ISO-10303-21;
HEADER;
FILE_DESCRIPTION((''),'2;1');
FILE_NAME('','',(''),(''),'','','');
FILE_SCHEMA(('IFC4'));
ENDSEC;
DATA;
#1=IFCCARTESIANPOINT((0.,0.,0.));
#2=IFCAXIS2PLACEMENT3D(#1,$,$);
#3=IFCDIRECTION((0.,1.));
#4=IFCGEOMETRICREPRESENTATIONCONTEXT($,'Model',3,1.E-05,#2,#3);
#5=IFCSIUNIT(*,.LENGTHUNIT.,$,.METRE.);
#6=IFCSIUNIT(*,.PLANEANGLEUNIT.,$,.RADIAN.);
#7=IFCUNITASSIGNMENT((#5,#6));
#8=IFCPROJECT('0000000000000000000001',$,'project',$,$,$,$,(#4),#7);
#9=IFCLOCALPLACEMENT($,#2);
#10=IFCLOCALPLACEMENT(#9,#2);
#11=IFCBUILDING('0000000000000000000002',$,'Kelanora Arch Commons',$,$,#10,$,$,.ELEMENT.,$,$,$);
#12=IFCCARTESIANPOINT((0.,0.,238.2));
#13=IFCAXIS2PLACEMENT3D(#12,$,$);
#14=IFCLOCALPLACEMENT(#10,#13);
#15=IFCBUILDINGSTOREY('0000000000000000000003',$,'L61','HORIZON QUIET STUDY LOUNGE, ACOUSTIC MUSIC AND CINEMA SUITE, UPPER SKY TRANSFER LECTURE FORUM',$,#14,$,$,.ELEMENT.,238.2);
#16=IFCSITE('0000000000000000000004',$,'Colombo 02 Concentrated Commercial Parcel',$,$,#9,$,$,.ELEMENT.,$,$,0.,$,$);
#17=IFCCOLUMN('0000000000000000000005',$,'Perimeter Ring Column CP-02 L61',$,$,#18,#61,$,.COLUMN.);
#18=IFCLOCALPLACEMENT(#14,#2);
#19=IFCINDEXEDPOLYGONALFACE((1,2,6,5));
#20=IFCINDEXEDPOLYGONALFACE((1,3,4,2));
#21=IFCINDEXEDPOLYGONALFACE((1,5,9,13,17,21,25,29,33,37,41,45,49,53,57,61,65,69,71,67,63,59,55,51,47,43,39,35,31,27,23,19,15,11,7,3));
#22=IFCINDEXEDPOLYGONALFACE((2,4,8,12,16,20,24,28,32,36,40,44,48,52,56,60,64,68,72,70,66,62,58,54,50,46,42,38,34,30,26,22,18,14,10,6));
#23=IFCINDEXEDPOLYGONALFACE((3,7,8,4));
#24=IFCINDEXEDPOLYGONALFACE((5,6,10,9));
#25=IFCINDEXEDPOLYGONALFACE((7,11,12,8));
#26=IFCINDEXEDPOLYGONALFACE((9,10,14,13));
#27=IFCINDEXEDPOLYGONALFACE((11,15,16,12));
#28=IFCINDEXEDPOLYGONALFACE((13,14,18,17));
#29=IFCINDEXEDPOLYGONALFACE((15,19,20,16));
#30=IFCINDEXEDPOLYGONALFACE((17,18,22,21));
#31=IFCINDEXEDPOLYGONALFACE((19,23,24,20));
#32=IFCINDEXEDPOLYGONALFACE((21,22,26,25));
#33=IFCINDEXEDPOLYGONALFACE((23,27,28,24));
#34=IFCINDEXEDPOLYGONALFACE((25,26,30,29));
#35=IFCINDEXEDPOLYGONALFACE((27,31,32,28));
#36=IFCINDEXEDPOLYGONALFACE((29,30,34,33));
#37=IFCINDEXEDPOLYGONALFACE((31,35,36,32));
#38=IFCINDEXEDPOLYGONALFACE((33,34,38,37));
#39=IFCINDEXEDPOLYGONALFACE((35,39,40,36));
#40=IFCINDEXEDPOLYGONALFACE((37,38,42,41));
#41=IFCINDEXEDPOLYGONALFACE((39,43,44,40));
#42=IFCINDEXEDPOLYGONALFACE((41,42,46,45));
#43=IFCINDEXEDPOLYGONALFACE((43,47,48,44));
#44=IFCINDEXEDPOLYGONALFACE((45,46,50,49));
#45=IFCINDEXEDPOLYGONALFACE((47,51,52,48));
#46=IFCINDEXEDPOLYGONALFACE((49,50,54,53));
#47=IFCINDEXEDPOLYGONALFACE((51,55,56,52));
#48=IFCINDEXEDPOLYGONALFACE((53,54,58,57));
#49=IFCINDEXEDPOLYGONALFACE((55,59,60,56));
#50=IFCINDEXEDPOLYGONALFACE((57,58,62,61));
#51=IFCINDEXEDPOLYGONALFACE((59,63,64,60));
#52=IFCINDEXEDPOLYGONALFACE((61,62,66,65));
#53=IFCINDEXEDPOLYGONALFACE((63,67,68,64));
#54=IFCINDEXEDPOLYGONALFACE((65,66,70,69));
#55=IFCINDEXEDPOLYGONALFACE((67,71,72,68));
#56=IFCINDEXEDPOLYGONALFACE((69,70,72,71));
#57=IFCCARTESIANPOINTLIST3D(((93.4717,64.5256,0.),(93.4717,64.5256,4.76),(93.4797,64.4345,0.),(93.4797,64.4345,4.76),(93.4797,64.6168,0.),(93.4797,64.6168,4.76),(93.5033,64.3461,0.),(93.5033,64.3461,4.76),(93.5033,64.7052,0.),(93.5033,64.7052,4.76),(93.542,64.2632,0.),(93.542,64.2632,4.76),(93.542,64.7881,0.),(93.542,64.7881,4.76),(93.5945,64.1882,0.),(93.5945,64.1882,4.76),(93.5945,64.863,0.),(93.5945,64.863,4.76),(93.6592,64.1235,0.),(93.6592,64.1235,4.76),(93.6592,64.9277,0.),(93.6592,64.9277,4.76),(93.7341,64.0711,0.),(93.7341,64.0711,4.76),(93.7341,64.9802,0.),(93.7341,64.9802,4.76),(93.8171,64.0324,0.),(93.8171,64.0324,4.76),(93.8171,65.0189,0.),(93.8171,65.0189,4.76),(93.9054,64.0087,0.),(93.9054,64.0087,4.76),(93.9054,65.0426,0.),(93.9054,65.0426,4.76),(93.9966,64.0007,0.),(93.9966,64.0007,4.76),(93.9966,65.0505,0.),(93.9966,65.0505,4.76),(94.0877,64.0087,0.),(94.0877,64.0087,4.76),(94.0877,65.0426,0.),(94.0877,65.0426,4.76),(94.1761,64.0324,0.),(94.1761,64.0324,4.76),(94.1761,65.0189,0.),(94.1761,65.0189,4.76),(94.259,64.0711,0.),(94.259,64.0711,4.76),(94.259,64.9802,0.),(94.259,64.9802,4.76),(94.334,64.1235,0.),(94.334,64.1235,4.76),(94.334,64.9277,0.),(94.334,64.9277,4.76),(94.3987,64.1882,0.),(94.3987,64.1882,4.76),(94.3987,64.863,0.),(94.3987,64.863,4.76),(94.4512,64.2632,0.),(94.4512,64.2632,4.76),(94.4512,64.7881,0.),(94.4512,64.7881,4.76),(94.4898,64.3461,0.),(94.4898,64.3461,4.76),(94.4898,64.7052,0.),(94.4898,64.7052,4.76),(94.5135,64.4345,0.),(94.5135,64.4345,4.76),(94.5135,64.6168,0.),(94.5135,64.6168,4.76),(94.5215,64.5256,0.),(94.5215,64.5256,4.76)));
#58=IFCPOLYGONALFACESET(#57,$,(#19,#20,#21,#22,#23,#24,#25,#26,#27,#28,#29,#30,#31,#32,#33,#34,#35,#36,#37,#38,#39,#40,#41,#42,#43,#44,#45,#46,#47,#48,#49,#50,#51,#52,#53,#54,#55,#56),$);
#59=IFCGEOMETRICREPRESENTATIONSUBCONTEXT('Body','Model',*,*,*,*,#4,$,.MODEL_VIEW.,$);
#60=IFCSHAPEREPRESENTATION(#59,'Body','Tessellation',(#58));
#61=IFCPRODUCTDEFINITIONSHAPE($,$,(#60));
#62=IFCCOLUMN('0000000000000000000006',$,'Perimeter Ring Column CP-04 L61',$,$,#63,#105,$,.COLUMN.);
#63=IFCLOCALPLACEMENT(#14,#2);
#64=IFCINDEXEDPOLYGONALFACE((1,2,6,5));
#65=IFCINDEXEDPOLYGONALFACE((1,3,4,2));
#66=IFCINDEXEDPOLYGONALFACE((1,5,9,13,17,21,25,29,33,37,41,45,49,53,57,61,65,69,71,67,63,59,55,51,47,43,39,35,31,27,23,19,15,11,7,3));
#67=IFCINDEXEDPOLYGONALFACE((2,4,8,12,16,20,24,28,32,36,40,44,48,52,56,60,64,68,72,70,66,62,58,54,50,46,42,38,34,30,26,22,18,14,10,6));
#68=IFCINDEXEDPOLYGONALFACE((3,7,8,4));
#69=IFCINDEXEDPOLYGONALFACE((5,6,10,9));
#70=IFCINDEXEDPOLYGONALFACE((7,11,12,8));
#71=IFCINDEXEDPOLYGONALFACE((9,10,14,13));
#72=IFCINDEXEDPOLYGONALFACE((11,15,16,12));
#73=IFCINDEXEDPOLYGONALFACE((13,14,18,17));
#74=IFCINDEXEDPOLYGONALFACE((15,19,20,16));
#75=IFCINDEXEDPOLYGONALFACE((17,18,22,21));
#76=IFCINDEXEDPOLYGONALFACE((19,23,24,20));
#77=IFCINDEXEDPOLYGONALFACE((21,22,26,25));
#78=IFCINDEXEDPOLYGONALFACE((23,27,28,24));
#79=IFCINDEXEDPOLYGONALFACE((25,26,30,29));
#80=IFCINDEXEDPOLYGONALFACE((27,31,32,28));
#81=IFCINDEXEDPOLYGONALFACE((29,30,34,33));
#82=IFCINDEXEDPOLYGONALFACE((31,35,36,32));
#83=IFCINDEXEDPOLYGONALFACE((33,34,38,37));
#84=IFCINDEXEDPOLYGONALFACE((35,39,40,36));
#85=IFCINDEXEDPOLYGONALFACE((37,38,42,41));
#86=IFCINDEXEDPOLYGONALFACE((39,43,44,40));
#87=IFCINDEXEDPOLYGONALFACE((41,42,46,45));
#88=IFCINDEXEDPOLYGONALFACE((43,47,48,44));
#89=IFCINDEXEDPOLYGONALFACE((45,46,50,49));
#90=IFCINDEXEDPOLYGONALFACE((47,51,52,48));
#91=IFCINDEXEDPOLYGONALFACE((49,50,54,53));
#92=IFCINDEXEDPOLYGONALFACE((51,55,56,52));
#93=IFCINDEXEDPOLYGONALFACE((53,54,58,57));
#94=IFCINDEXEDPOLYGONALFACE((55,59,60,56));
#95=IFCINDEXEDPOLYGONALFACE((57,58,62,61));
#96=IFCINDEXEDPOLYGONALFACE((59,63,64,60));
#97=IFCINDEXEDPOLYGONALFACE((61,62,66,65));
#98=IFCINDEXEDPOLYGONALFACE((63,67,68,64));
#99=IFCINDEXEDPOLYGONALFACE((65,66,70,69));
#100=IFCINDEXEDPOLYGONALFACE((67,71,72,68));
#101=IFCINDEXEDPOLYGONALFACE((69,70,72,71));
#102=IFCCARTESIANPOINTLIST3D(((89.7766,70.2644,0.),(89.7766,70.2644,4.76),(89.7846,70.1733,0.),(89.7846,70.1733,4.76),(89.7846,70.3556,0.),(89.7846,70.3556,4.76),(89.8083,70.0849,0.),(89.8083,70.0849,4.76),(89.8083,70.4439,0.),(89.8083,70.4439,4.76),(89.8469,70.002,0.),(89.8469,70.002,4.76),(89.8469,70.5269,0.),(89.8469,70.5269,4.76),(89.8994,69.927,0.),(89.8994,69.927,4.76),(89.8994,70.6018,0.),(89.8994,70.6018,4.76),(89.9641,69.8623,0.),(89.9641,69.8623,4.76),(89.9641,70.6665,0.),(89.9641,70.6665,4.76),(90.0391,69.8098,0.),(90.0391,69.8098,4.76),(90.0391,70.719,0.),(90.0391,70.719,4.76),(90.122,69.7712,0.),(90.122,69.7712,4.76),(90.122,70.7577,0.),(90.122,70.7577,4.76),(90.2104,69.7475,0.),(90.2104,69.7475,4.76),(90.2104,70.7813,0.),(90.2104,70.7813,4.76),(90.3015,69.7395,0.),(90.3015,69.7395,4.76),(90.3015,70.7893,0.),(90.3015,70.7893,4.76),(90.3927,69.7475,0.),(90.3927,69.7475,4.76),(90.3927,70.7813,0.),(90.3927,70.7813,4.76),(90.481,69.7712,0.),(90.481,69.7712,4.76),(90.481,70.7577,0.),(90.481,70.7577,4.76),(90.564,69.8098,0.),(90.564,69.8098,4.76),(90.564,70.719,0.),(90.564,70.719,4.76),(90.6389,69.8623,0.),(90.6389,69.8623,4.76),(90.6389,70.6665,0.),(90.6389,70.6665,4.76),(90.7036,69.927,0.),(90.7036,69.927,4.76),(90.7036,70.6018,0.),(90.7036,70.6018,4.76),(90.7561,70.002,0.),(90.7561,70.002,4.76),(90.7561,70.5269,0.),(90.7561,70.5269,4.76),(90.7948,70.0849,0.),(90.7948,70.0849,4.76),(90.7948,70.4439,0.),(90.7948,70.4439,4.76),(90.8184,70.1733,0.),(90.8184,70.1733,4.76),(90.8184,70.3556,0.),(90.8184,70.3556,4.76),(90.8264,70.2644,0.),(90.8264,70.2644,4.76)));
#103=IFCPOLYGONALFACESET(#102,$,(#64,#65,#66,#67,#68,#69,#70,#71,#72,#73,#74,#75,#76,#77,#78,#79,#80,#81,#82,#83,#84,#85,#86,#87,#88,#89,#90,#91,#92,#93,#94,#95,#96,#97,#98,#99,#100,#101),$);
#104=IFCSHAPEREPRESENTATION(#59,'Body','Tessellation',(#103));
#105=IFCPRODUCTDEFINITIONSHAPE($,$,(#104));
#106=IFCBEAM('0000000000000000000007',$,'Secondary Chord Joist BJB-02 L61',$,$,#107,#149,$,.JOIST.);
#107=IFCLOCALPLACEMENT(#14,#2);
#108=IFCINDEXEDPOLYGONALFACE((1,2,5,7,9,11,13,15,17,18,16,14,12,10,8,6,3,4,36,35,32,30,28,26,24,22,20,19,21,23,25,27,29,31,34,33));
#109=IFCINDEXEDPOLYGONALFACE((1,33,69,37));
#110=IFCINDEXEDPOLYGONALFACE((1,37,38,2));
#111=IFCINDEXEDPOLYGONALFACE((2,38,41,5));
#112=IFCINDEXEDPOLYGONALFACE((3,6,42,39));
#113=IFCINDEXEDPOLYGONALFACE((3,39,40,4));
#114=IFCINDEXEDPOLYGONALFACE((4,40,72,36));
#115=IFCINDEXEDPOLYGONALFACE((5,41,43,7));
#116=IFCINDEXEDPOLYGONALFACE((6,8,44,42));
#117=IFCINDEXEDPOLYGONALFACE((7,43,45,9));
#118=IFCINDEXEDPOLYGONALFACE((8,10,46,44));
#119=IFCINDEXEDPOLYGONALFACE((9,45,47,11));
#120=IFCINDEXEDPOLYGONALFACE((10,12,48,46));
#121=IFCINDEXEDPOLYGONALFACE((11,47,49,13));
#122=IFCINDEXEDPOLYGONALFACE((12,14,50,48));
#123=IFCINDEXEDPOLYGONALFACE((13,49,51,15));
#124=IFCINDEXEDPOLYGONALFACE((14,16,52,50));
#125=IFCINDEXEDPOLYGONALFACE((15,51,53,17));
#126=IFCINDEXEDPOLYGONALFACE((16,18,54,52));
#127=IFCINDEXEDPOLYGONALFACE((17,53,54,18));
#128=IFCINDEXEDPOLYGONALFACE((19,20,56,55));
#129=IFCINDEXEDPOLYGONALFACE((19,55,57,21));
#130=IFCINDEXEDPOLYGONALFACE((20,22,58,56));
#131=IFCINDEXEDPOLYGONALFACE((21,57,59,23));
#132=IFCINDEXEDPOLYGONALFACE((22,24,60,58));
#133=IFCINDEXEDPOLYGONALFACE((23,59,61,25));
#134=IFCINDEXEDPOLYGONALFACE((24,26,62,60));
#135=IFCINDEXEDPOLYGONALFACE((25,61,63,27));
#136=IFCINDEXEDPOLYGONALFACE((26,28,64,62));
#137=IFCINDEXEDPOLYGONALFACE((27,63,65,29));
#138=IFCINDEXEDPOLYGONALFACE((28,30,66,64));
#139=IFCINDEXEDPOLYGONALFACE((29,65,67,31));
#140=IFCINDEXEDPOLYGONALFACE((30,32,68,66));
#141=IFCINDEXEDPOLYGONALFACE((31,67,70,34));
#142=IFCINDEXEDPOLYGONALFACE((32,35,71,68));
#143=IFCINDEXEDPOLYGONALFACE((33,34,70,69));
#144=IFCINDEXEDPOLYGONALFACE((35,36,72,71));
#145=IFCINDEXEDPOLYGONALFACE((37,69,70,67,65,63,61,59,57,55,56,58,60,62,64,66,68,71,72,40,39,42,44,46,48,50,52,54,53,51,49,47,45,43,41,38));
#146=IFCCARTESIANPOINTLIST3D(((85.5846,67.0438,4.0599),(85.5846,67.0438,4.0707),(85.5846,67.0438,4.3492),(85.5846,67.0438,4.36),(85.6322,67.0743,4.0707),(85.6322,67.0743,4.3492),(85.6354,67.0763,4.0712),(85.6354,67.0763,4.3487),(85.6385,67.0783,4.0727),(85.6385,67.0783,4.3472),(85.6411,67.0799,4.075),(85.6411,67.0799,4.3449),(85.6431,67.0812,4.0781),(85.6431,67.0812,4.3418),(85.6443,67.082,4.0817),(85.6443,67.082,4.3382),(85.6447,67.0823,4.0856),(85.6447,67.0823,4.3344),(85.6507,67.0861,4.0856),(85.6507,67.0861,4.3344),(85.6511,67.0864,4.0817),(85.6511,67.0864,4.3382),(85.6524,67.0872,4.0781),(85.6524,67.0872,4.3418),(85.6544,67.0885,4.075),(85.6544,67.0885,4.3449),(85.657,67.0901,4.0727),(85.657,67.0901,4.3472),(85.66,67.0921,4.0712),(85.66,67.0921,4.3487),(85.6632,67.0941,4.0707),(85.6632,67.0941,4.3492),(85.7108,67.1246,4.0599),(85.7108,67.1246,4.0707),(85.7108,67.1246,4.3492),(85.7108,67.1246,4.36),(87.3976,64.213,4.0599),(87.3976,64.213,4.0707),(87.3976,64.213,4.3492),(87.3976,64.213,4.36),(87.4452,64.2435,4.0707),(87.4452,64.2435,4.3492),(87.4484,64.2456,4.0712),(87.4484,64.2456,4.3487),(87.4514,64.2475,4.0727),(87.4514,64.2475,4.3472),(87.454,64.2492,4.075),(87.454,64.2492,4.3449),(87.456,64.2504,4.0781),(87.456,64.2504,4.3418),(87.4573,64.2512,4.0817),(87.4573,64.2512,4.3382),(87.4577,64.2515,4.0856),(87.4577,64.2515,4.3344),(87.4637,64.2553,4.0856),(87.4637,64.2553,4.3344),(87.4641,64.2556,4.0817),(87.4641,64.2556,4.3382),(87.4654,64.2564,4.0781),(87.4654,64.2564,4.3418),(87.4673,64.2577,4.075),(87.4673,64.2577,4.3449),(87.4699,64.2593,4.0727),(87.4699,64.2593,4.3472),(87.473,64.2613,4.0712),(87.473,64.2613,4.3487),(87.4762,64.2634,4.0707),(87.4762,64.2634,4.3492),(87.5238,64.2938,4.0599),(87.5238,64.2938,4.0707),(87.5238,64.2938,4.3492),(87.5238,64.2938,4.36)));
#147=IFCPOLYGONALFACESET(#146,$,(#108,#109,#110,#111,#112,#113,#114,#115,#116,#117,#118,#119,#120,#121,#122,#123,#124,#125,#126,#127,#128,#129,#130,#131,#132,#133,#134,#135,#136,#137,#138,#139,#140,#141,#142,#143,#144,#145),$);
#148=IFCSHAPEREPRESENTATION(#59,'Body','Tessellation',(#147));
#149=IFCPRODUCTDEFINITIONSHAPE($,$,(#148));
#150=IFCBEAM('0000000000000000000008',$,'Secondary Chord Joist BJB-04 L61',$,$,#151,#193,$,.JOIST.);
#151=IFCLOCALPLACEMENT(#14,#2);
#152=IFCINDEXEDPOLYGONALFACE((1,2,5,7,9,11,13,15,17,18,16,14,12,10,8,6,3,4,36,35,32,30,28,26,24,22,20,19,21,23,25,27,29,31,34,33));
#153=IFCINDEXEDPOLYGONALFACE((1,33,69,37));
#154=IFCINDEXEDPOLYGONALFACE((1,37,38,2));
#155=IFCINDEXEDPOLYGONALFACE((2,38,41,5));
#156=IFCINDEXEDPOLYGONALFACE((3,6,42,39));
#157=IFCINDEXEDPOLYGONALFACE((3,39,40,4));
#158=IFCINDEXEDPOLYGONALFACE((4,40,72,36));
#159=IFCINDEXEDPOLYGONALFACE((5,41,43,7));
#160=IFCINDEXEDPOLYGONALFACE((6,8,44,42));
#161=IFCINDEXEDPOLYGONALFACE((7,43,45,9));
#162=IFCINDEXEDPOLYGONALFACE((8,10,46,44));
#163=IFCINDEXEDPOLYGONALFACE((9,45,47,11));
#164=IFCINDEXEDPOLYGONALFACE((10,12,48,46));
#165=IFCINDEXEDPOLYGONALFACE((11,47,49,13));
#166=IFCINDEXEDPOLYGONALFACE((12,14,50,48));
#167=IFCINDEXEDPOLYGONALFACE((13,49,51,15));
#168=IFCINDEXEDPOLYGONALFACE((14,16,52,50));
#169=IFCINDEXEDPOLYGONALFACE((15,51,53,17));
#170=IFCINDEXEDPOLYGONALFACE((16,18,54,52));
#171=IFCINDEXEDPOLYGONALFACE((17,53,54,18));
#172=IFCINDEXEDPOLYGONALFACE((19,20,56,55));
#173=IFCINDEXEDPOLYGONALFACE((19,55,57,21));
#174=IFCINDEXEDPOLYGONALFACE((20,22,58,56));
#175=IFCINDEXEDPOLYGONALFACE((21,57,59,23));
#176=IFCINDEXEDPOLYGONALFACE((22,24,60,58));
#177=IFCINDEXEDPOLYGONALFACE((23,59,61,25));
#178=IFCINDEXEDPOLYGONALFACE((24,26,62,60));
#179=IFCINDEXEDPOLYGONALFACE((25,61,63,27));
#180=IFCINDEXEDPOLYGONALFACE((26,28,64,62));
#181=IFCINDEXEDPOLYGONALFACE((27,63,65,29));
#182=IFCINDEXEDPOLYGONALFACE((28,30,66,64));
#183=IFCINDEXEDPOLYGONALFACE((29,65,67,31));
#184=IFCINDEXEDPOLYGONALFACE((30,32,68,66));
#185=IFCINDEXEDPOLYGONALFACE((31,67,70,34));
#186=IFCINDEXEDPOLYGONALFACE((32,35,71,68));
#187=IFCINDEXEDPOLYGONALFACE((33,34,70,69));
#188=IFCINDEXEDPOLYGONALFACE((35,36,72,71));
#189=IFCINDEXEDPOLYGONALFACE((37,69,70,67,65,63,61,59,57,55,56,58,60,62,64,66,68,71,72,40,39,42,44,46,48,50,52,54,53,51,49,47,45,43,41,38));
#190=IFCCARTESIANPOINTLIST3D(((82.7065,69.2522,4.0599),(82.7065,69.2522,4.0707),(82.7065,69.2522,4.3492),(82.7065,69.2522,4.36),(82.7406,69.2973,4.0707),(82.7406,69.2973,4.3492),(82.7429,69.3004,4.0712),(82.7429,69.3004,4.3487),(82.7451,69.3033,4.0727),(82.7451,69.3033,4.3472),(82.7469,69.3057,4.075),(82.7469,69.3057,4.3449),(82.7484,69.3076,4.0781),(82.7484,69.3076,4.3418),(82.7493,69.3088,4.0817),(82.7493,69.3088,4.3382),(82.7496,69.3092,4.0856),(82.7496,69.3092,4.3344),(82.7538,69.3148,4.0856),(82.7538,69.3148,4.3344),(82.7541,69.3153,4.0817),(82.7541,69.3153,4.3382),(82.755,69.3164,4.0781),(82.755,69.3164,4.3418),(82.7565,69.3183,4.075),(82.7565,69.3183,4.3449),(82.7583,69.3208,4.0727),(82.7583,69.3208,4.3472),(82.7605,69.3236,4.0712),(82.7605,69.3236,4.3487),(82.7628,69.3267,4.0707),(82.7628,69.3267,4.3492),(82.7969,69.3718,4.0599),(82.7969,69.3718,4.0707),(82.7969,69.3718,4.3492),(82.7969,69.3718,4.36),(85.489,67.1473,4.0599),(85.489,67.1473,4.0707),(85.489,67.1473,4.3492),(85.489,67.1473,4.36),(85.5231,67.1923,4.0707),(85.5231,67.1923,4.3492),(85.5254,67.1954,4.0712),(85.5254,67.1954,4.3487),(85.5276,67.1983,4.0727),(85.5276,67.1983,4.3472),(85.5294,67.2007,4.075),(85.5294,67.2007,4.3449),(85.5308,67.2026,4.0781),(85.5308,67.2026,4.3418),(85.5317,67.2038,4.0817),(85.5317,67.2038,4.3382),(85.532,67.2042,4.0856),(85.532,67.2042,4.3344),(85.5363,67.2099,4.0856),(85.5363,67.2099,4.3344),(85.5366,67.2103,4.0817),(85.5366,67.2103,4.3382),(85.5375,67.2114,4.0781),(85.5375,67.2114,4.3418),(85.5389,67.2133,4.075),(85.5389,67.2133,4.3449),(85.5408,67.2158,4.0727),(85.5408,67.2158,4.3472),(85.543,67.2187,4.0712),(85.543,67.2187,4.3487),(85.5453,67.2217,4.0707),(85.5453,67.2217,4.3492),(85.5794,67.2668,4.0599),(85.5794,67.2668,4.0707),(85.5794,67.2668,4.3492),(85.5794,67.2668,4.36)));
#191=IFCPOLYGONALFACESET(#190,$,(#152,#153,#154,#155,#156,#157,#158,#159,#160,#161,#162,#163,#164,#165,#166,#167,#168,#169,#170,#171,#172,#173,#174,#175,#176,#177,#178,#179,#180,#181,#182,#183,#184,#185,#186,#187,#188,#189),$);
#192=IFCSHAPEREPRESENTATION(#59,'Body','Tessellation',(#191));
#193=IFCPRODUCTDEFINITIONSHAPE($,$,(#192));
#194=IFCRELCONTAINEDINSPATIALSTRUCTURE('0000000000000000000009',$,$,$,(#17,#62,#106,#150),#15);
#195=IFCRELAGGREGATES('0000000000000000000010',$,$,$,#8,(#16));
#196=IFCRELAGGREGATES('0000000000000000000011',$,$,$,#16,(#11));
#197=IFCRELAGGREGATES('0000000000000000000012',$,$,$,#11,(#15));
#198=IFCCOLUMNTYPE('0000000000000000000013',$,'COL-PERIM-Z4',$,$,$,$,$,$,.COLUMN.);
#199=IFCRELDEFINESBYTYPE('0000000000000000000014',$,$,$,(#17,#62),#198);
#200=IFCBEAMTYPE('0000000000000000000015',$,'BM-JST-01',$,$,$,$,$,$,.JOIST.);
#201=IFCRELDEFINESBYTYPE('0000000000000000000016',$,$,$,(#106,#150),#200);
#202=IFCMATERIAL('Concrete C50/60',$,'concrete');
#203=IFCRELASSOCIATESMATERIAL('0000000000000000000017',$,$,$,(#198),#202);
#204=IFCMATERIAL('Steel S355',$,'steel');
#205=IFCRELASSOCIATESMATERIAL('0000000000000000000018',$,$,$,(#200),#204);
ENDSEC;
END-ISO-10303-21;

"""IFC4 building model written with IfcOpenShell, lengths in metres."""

from ifc_helpers import new_model, si_unit, direction, frame, origin, origin_2d, place, context, subcontext, project, spatial, circle, i_section, extrude, material, material_profile, profile_set, type_object, element, save


model = new_model("IFC4")

# Units and contexts
model_context = context("Model", 3, precision=1e-05, world=origin(), true_north=direction((0.0, 1.0)))
body_context = subcontext(model_context, "Body", "Model", "MODEL_VIEW")
ifc_project = project(units=[si_unit("LENGTHUNIT", "METRE"), si_unit("PLANEANGLEUNIT", "RADIAN")], contexts=[model_context])

# Site, building, storey
site_placement = place(None, origin())
site = spatial("IfcSite", under=ifc_project, at=site_placement, Name="Colombo 02 Concentrated Commercial Parcel", CompositionType="ELEMENT", RefElevation=0.0)
building_placement = place(site_placement, origin())
building = spatial("IfcBuilding", under=site, at=building_placement, Name="Kelanora Arch Commons", CompositionType="ELEMENT")
storey_placement = place(building_placement, frame((0.0, 0.0, 238.2)))
storey = spatial("IfcBuildingStorey", under=building, at=storey_placement, Name="L61", Description="HORIZON QUIET STUDY LOUNGE, ACOUSTIC MUSIC AND CINEMA SUITE, UPPER SKY TRANSFER LECTURE FORUM", CompositionType="ELEMENT", Elevation=238.2)

# Columns
ifc_material_1 = material(Name="Concrete C50/60", Category="concrete")
ifc_material_profile_1 = material_profile(ifc_material_1, circle(Radius=0.5249, at=origin_2d()), Name="RCC1050")
ifc_profile_set_1 = profile_set([ifc_material_profile_1], Name="Concrete C50/60")
column_type = type_object("IfcColumnType", Name="COL-PERIM-Z4", PredefinedType="COLUMN", material=ifc_profile_set_1)
for number, where, z_axis, x_axis, name in (
    (1, (93.9966, 64.5256, 0.0), (0.0, 0.0, 1.0), (1.0, 0.0, 0.0), "Perimeter Ring Column CP-02 L61"),
    (2, (90.3015, 70.2644, 0.0), (0.0, 0.0, 1.0), (1.0, 0.0, 0.0), "Perimeter Ring Column CP-04 L61"),
):
    element("IfcColumn", number, at=place(storey_placement, frame(where, z_axis=z_axis, x_axis=x_axis)), inside=storey, type_object=column_type, Name=name, PredefinedType="COLUMN", context=body_context, shape_type="SweptSolid", body=[
        extrude(circle(Radius=0.5249, at=origin_2d()), origin(), (0.0, 0.0, 1.0), 4.76),
    ])

# Beams
ifc_material_2 = material(Name="Steel S355", Category="steel")
ifc_material_profile_2 = material_profile(ifc_material_2, i_section(OverallWidth=0.1499, OverallDepth=0.3, WebThickness=0.0071, FlangeThickness=0.0107, FilletRadius=0.0149, at=origin_2d()), Name="IPE300")
ifc_profile_set_2 = profile_set([ifc_material_profile_2], Name="Steel S355")
beam_type_1 = type_object("IfcBeamType", Name="BM-JST-01", PredefinedType="JOIST", material=ifc_profile_set_2)
beam_1_placement = place(storey_placement, frame((87.4607, 64.2534, 4.21), z_axis=(-0.539322, 0.8421, 0.0), x_axis=(-0.8421, -0.539322, 0.0)))
element("IfcBeam", 3, at=beam_1_placement, inside=storey, type_object=beam_type_1, Name="Secondary Chord Joist BJB-02 L61", PredefinedType="JOIST", context=body_context, shape_type="SweptSolid", body=[
    extrude(i_section(OverallWidth=0.1499, OverallDepth=0.3, WebThickness=0.0071, FlangeThickness=0.0107, FilletRadius=0.0149, at=origin_2d()), origin(), (0.0, 0.0, 1.0), 3.3616),
])
beam_2_placement = place(storey_placement, frame((85.5342, 67.207, 4.21), z_axis=(-0.797499, 0.60332, 0.0), x_axis=(-0.60332, -0.797499, 0.0)))
element("IfcBeam", 4, at=beam_2_placement, inside=storey, type_object=beam_type_1, Name="Secondary Chord Joist BJB-04 L61", PredefinedType="JOIST", context=body_context, shape_type="SweptSolid", body=[
    extrude(i_section(OverallWidth=0.1499, OverallDepth=0.3, WebThickness=0.0071, FlangeThickness=0.0107, FilletRadius=0.0149, at=origin_2d()), origin(), (0.0, 0.0, 1.0), 3.489),
])

save(model, "model.ifc")
